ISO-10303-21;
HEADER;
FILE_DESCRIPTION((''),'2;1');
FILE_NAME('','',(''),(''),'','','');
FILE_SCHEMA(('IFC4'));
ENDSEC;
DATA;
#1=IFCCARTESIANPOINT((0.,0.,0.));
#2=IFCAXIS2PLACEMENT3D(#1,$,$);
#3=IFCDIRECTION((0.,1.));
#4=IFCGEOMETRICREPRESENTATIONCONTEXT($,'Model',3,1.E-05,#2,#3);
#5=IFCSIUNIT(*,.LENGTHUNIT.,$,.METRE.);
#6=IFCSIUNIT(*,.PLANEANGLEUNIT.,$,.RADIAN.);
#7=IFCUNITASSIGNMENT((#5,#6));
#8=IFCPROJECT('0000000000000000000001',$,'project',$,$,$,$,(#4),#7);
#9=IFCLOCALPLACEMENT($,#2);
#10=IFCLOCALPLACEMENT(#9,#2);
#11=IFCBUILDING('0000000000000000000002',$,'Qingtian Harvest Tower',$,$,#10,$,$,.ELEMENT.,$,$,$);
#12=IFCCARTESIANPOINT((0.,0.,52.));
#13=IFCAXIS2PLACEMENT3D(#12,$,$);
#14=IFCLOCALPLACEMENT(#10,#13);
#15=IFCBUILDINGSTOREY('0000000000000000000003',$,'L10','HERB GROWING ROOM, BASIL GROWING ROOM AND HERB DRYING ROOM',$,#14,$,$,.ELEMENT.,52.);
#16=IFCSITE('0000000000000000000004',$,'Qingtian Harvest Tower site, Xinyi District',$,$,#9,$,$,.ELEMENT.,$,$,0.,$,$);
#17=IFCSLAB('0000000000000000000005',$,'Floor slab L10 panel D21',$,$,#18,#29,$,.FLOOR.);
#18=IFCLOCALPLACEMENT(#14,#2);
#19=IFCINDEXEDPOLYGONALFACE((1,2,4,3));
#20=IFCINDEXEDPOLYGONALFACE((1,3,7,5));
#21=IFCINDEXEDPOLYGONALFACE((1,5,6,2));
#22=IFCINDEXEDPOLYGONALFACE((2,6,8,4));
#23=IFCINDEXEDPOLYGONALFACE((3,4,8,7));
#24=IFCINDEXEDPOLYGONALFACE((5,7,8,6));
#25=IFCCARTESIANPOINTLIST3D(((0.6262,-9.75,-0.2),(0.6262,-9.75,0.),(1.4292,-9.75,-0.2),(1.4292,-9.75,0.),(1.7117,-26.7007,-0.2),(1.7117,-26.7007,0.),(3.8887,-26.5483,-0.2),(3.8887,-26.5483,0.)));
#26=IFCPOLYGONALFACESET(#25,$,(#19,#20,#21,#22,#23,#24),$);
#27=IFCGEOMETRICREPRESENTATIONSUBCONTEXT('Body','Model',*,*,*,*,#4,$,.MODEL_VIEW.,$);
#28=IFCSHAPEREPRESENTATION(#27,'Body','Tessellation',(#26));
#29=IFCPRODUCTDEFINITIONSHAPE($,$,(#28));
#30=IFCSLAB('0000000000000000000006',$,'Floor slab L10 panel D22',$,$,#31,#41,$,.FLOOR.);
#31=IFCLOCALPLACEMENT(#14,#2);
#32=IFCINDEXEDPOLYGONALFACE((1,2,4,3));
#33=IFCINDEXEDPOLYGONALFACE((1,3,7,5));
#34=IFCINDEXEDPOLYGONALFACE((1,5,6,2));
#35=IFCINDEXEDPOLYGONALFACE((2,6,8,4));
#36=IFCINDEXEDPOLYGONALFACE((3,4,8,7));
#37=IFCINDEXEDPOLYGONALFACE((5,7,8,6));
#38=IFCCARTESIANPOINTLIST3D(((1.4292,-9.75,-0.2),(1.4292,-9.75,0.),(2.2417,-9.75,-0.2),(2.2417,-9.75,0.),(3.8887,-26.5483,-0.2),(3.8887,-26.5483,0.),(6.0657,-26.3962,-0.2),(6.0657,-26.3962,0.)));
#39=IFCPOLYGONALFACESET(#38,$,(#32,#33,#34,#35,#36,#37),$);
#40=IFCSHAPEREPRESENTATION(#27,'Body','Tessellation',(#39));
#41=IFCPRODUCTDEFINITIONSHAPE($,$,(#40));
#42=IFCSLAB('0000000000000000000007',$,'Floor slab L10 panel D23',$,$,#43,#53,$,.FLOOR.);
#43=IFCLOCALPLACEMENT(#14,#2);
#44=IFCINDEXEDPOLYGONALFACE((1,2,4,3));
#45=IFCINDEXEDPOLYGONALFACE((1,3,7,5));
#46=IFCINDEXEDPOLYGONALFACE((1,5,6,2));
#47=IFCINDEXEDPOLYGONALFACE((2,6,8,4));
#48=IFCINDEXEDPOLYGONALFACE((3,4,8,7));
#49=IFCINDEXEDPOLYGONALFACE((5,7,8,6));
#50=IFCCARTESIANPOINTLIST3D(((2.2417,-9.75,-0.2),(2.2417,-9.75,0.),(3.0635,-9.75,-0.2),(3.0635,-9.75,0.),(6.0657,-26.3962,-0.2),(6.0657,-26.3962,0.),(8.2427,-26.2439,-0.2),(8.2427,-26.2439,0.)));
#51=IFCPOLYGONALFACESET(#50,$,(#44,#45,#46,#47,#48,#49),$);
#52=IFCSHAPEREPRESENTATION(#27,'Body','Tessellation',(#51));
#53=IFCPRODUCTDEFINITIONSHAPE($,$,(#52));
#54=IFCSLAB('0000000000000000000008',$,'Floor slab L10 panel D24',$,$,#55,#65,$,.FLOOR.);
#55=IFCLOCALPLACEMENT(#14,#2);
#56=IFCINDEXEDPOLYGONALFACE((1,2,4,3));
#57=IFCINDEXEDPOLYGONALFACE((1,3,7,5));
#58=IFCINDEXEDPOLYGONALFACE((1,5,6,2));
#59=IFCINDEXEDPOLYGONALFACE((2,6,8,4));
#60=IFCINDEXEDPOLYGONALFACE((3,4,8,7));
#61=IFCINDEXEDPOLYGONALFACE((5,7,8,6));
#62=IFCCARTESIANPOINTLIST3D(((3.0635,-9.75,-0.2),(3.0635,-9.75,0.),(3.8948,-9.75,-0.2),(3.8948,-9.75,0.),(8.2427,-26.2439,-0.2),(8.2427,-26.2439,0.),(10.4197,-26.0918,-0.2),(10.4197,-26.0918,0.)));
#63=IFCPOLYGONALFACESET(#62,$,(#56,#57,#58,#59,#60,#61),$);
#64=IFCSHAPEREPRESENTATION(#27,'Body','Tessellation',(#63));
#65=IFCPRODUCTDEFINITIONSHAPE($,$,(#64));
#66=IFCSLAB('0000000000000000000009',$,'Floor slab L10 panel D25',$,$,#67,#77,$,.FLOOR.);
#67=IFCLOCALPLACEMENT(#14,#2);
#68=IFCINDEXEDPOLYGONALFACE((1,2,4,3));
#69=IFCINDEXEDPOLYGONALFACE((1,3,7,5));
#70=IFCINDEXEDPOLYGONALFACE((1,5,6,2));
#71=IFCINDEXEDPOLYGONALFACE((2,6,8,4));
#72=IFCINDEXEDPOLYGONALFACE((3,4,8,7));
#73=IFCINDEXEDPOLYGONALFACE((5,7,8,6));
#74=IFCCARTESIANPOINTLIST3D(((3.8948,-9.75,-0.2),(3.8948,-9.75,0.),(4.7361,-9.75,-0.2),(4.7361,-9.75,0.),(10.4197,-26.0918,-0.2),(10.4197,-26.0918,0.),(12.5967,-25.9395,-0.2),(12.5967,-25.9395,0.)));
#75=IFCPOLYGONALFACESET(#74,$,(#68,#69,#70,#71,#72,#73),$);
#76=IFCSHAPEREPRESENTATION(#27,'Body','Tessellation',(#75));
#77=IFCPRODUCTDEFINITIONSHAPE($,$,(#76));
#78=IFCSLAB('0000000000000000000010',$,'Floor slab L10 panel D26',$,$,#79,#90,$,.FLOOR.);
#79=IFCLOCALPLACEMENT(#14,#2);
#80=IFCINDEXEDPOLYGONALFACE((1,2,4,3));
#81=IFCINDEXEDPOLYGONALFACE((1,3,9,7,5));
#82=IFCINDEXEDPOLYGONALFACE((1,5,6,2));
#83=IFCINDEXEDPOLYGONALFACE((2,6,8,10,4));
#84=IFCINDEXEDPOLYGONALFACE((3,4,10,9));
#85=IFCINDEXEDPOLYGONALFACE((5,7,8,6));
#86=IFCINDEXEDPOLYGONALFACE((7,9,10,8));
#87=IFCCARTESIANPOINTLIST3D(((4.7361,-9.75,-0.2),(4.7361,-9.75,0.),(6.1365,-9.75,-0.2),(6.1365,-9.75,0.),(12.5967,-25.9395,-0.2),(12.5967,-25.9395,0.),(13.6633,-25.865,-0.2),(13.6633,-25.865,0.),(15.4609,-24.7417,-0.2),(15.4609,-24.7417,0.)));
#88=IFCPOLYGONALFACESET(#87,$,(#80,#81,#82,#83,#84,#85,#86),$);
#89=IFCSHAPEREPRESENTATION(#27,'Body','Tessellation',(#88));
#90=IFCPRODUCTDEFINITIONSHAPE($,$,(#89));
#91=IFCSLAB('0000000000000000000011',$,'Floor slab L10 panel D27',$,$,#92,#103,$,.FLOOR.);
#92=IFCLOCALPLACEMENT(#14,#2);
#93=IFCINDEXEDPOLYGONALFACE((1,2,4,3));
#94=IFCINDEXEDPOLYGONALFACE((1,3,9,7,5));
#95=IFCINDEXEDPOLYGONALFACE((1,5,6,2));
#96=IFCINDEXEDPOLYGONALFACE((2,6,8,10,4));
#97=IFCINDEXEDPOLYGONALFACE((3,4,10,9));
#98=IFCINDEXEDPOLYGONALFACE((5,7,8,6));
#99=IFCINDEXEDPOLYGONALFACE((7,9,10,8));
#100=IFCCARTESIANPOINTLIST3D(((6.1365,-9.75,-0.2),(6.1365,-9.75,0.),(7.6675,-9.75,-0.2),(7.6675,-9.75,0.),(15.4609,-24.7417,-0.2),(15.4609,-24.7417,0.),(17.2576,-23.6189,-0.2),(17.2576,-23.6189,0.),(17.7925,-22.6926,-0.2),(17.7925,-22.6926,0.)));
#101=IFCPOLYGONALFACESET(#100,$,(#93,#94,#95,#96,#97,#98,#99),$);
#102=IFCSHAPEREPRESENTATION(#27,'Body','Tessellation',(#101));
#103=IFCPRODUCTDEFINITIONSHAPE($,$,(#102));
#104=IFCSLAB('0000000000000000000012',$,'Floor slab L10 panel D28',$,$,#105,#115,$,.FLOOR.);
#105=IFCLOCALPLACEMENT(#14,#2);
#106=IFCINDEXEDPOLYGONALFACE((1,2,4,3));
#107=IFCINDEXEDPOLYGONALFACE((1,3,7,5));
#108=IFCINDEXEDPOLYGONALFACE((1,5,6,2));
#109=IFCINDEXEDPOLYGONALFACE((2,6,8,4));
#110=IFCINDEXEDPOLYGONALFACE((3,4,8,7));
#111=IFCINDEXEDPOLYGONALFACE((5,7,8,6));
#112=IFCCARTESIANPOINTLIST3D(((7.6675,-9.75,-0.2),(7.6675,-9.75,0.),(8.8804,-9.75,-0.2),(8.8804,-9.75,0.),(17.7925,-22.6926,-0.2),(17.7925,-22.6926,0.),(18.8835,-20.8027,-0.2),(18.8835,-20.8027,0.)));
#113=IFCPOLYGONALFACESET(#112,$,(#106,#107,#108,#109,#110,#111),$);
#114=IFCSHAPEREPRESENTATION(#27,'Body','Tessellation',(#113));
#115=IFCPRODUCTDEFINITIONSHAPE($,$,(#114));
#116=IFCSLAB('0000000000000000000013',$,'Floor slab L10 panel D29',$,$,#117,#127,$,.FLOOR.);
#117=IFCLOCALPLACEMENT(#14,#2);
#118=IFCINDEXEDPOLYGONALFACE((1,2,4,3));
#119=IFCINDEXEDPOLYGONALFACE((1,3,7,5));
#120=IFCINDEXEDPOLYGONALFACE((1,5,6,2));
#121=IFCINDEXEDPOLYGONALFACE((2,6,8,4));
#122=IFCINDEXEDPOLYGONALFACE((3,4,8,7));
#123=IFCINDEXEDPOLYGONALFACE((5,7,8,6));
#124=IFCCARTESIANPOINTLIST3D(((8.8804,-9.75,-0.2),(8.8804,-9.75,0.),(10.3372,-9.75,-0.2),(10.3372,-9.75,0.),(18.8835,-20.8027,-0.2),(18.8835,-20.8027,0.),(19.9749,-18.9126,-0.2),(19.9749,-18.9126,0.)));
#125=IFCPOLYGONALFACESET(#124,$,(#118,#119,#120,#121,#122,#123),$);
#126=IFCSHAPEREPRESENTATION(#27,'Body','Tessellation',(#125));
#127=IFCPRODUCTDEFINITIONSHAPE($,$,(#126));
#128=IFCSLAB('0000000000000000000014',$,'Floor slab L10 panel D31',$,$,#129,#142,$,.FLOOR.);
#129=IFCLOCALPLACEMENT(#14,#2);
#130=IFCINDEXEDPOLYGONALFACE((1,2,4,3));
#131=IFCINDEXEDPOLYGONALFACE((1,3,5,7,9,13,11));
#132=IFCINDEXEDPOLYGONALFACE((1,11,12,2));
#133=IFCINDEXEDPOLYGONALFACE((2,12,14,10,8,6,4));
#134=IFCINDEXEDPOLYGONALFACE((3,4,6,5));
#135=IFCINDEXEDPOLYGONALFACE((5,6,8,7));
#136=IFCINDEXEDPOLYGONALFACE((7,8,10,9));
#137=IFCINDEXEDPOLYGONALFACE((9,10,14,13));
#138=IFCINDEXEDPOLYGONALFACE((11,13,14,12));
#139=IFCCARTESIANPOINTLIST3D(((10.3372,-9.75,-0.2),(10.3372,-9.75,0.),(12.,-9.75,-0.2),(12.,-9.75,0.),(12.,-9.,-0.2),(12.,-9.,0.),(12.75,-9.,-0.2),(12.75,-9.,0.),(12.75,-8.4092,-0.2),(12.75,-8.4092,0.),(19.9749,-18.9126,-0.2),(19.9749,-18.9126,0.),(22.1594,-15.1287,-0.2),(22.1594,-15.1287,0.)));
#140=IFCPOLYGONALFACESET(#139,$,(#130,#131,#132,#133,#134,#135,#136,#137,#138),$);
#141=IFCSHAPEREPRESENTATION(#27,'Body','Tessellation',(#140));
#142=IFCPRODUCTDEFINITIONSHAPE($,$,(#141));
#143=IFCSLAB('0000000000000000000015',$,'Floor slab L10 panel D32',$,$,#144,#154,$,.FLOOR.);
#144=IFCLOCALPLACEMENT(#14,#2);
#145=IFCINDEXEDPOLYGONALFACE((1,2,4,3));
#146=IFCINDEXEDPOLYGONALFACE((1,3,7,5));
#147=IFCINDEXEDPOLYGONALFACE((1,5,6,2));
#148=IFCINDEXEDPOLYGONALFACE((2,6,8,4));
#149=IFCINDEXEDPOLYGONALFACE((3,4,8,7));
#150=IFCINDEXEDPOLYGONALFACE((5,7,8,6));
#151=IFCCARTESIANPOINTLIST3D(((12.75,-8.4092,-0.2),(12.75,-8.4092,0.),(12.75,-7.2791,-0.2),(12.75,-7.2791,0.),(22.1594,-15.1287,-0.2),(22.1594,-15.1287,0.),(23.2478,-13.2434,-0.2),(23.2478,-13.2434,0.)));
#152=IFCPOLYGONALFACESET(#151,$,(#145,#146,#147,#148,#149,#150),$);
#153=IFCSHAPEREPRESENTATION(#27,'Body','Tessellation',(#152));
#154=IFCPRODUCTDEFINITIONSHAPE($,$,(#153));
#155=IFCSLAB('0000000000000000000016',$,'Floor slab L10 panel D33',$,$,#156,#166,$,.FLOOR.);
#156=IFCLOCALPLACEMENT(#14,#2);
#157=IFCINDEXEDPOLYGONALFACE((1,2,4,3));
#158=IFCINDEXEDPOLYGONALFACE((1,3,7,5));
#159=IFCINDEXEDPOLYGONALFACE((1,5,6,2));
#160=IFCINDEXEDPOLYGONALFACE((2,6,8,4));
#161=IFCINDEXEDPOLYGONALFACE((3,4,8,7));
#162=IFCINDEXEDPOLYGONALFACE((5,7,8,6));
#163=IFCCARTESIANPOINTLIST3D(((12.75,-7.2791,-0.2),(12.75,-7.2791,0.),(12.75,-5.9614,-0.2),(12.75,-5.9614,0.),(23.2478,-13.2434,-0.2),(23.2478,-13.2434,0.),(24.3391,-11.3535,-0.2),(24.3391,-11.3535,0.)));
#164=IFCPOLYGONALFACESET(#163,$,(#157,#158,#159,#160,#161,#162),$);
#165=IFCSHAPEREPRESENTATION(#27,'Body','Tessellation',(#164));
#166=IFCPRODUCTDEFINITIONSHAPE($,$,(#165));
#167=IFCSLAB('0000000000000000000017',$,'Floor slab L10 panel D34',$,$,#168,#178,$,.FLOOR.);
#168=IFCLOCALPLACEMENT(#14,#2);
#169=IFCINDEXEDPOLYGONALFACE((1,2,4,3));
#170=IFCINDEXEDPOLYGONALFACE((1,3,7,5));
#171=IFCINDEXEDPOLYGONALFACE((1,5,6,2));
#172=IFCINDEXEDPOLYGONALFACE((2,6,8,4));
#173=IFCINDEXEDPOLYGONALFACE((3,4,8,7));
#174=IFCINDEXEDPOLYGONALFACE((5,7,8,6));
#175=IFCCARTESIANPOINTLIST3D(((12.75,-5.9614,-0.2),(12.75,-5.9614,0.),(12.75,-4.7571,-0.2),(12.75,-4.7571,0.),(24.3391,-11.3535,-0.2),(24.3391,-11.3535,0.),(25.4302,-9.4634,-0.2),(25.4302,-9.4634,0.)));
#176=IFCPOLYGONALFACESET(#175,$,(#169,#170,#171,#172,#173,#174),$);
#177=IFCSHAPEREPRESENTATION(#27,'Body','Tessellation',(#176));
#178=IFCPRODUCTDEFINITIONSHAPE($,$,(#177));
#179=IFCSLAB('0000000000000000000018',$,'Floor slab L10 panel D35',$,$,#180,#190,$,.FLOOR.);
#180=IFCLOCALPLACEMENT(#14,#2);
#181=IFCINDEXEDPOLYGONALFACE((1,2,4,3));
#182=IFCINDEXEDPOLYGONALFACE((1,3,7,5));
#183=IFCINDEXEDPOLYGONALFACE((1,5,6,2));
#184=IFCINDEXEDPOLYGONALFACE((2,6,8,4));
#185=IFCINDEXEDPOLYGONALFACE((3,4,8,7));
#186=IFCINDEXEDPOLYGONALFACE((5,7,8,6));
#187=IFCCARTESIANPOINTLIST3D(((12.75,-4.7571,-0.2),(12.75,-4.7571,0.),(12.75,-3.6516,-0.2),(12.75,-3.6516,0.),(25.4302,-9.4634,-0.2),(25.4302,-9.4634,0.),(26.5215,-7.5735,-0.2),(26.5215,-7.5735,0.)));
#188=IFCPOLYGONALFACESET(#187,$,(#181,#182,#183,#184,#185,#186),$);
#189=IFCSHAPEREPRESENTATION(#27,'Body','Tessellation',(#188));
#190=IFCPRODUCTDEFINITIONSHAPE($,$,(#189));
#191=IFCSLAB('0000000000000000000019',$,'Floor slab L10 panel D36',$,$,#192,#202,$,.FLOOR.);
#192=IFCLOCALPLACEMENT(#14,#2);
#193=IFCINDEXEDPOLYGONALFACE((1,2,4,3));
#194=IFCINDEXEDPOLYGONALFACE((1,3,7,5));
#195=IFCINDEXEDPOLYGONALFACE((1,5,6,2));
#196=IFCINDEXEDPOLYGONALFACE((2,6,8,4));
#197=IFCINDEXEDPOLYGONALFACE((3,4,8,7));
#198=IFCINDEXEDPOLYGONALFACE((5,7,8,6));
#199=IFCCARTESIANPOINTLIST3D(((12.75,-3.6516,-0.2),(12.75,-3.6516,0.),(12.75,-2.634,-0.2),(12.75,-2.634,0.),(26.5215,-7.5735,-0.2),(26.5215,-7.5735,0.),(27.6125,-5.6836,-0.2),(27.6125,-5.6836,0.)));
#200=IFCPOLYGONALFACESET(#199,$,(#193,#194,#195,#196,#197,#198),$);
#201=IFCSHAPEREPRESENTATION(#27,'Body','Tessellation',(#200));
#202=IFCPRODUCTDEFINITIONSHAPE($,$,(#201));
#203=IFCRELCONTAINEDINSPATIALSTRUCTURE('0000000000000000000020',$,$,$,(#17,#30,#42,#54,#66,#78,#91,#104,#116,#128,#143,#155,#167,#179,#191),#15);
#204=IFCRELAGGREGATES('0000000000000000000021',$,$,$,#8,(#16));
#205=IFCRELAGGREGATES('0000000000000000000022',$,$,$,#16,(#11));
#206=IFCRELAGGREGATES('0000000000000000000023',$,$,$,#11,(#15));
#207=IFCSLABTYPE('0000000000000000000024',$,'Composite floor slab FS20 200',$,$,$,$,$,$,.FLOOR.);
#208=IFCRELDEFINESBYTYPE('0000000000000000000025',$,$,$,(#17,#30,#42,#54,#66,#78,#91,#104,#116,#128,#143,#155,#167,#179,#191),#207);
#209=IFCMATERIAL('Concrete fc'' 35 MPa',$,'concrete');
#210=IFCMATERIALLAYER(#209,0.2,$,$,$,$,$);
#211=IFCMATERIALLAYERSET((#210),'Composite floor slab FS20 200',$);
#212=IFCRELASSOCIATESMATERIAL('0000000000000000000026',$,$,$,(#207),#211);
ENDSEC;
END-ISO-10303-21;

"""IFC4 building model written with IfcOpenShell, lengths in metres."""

from ifc_helpers import new_model, si_unit, direction, frame, origin, place, context, subcontext, project, spatial, polyline, outline, extrude, material, layer, layer_set, type_object, element, save


model = new_model("IFC4")

# Units and contexts
model_context = context("Model", 3, precision=1e-05, world=origin(), true_north=direction((0.0, 1.0)))
body_context = subcontext(model_context, "Body", "Model", "MODEL_VIEW")
ifc_project = project(units=[si_unit("LENGTHUNIT", "METRE"), si_unit("PLANEANGLEUNIT", "RADIAN")], contexts=[model_context])

# Site, building, storey
site_placement = place(None, origin())
site = spatial("IfcSite", under=ifc_project, at=site_placement, Name="Qingtian Harvest Tower site, Xinyi District", CompositionType="ELEMENT", RefElevation=0.0)
building_placement = place(site_placement, origin())
building = spatial("IfcBuilding", under=site, at=building_placement, Name="Qingtian Harvest Tower", CompositionType="ELEMENT")
storey_placement = place(building_placement, frame((0.0, 0.0, 52.0)))
storey = spatial("IfcBuildingStorey", under=building, at=storey_placement, Name="L10", Description="HERB GROWING ROOM, BASIL GROWING ROOM AND HERB DRYING ROOM", CompositionType="ELEMENT", Elevation=52.0)

# Slabs
ifc_material = material(Name="Concrete fc' 35 MPa", Category="concrete")
ifc_layer = layer(ifc_material, 0.2)
ifc_layer_set = layer_set([ifc_layer], Name="Composite floor slab FS20 200")
slab_type = type_object("IfcSlabType", Name="Composite floor slab FS20 200", PredefinedType="FLOOR", material=ifc_layer_set)
slab_1_placement = place(storey_placement, frame((0.0, 0.0, -0.2)))
element("IfcSlab", 1, at=slab_1_placement, inside=storey, type_object=slab_type, Name="Floor slab L10 panel D21", PredefinedType="FLOOR", context=body_context, shape_type="SweptSolid", body=[
    extrude(outline(polyline([(1.4292, -9.75), (3.8887, -26.5483), (1.7117, -26.7007), (0.6262, -9.75), (1.4292, -9.75)])), origin(), (0.0, 0.0, 1.0), 0.2),
])
slab_2_placement = place(storey_placement, frame((0.0, 0.0, -0.2)))
element("IfcSlab", 2, at=slab_2_placement, inside=storey, type_object=slab_type, Name="Floor slab L10 panel D22", PredefinedType="FLOOR", context=body_context, shape_type="SweptSolid", body=[
    extrude(outline(polyline([(2.2417, -9.75), (6.0657, -26.3962), (3.8887, -26.5483), (1.4292, -9.75), (2.2417, -9.75)])), origin(), (0.0, 0.0, 1.0), 0.2),
])
slab_3_placement = place(storey_placement, frame((0.0, 0.0, -0.2)))
element("IfcSlab", 3, at=slab_3_placement, inside=storey, type_object=slab_type, Name="Floor slab L10 panel D23", PredefinedType="FLOOR", context=body_context, shape_type="SweptSolid", body=[
    extrude(outline(polyline([(3.0635, -9.75), (8.2427, -26.2439), (6.0657, -26.3962), (2.2417, -9.75), (3.0635, -9.75)])), origin(), (0.0, 0.0, 1.0), 0.2),
])
slab_4_placement = place(storey_placement, frame((0.0, 0.0, -0.2)))
element("IfcSlab", 4, at=slab_4_placement, inside=storey, type_object=slab_type, Name="Floor slab L10 panel D24", PredefinedType="FLOOR", context=body_context, shape_type="SweptSolid", body=[
    extrude(outline(polyline([(3.8948, -9.75), (10.4197, -26.0918), (8.2427, -26.2439), (3.0635, -9.75), (3.8948, -9.75)])), origin(), (0.0, 0.0, 1.0), 0.2),
])
slab_5_placement = place(storey_placement, frame((0.0, 0.0, -0.2)))
element("IfcSlab", 5, at=slab_5_placement, inside=storey, type_object=slab_type, Name="Floor slab L10 panel D25", PredefinedType="FLOOR", context=body_context, shape_type="SweptSolid", body=[
    extrude(outline(polyline([(4.7361, -9.75), (12.5967, -25.9395), (10.4197, -26.0918), (3.8948, -9.75), (4.7361, -9.75)])), origin(), (0.0, 0.0, 1.0), 0.2),
])
slab_6_placement = place(storey_placement, frame((0.0, 0.0, -0.2)))
element("IfcSlab", 6, at=slab_6_placement, inside=storey, type_object=slab_type, Name="Floor slab L10 panel D26", PredefinedType="FLOOR", context=body_context, shape_type="SweptSolid", body=[
    extrude(outline(polyline([(4.7361, -9.75), (6.1365, -9.75), (15.4609, -24.7417), (13.6633, -25.865), (12.5967, -25.9395), (4.7361, -9.75)])), origin(), (0.0, 0.0, 1.0), 0.2),
])
slab_7_placement = place(storey_placement, frame((0.0, 0.0, -0.2)))
element("IfcSlab", 7, at=slab_7_placement, inside=storey, type_object=slab_type, Name="Floor slab L10 panel D27", PredefinedType="FLOOR", context=body_context, shape_type="SweptSolid", body=[
    extrude(outline(polyline([(6.1365, -9.75), (7.6675, -9.75), (17.7925, -22.6926), (17.2576, -23.6189), (15.4609, -24.7417), (6.1365, -9.75)])), origin(), (0.0, 0.0, 1.0), 0.2),
])
slab_8_placement = place(storey_placement, frame((0.0, 0.0, -0.2)))
element("IfcSlab", 8, at=slab_8_placement, inside=storey, type_object=slab_type, Name="Floor slab L10 panel D28", PredefinedType="FLOOR", context=body_context, shape_type="SweptSolid", body=[
    extrude(outline(polyline([(8.8804, -9.75), (18.8835, -20.8027), (17.7925, -22.6926), (7.6675, -9.75), (8.8804, -9.75)])), origin(), (0.0, 0.0, 1.0), 0.2),
])
slab_9_placement = place(storey_placement, frame((0.0, 0.0, -0.2)))
element("IfcSlab", 9, at=slab_9_placement, inside=storey, type_object=slab_type, Name="Floor slab L10 panel D29", PredefinedType="FLOOR", context=body_context, shape_type="SweptSolid", body=[
    extrude(outline(polyline([(10.3372, -9.75), (19.9749, -18.9126), (18.8835, -20.8027), (8.8804, -9.75), (10.3372, -9.75)])), origin(), (0.0, 0.0, 1.0), 0.2),
])
slab_10_placement = place(storey_placement, frame((0.0, 0.0, -0.2)))
element("IfcSlab", 10, at=slab_10_placement, inside=storey, type_object=slab_type, Name="Floor slab L10 panel D31", PredefinedType="FLOOR", context=body_context, shape_type="SweptSolid", body=[
    extrude(outline(polyline([(12.75, -8.4092), (22.1594, -15.1287), (19.9749, -18.9126), (10.3372, -9.75), (12.0, -9.75), (12.0, -9.0), (12.75, -9.0), (12.75, -8.4092)])), origin(), (0.0, 0.0, 1.0), 0.2),
])
slab_11_placement = place(storey_placement, frame((0.0, 0.0, -0.2)))
element("IfcSlab", 11, at=slab_11_placement, inside=storey, type_object=slab_type, Name="Floor slab L10 panel D32", PredefinedType="FLOOR", context=body_context, shape_type="SweptSolid", body=[
    extrude(outline(polyline([(12.75, -7.2791), (23.2478, -13.2434), (22.1594, -15.1287), (12.75, -8.4092), (12.75, -7.2791)])), origin(), (0.0, 0.0, 1.0), 0.2),
])
slab_12_placement = place(storey_placement, frame((0.0, 0.0, -0.2)))
element("IfcSlab", 12, at=slab_12_placement, inside=storey, type_object=slab_type, Name="Floor slab L10 panel D33", PredefinedType="FLOOR", context=body_context, shape_type="SweptSolid", body=[
    extrude(outline(polyline([(12.75, -5.9614), (24.3391, -11.3535), (23.2478, -13.2434), (12.75, -7.2791), (12.75, -5.9614)])), origin(), (0.0, 0.0, 1.0), 0.2),
])
slab_13_placement = place(storey_placement, frame((0.0, 0.0, -0.2)))
element("IfcSlab", 13, at=slab_13_placement, inside=storey, type_object=slab_type, Name="Floor slab L10 panel D34", PredefinedType="FLOOR", context=body_context, shape_type="SweptSolid", body=[
    extrude(outline(polyline([(12.75, -4.7571), (25.4302, -9.4634), (24.3391, -11.3535), (12.75, -5.9614), (12.75, -4.7571)])), origin(), (0.0, 0.0, 1.0), 0.2),
])
slab_14_placement = place(storey_placement, frame((0.0, 0.0, -0.2)))
element("IfcSlab", 14, at=slab_14_placement, inside=storey, type_object=slab_type, Name="Floor slab L10 panel D35", PredefinedType="FLOOR", context=body_context, shape_type="SweptSolid", body=[
    extrude(outline(polyline([(12.75, -3.6516), (26.5215, -7.5735), (25.4302, -9.4634), (12.75, -4.7571), (12.75, -3.6516)])), origin(), (0.0, 0.0, 1.0), 0.2),
])
slab_15_placement = place(storey_placement, frame((0.0, 0.0, -0.2)))
element("IfcSlab", 15, at=slab_15_placement, inside=storey, type_object=slab_type, Name="Floor slab L10 panel D36", PredefinedType="FLOOR", context=body_context, shape_type="SweptSolid", body=[
    extrude(outline(polyline([(12.75, -2.634), (27.6125, -5.6836), (26.5215, -7.5735), (12.75, -3.6516), (12.75, -2.634)])), origin(), (0.0, 0.0, 1.0), 0.2),
])

save(model, "model.ifc")
